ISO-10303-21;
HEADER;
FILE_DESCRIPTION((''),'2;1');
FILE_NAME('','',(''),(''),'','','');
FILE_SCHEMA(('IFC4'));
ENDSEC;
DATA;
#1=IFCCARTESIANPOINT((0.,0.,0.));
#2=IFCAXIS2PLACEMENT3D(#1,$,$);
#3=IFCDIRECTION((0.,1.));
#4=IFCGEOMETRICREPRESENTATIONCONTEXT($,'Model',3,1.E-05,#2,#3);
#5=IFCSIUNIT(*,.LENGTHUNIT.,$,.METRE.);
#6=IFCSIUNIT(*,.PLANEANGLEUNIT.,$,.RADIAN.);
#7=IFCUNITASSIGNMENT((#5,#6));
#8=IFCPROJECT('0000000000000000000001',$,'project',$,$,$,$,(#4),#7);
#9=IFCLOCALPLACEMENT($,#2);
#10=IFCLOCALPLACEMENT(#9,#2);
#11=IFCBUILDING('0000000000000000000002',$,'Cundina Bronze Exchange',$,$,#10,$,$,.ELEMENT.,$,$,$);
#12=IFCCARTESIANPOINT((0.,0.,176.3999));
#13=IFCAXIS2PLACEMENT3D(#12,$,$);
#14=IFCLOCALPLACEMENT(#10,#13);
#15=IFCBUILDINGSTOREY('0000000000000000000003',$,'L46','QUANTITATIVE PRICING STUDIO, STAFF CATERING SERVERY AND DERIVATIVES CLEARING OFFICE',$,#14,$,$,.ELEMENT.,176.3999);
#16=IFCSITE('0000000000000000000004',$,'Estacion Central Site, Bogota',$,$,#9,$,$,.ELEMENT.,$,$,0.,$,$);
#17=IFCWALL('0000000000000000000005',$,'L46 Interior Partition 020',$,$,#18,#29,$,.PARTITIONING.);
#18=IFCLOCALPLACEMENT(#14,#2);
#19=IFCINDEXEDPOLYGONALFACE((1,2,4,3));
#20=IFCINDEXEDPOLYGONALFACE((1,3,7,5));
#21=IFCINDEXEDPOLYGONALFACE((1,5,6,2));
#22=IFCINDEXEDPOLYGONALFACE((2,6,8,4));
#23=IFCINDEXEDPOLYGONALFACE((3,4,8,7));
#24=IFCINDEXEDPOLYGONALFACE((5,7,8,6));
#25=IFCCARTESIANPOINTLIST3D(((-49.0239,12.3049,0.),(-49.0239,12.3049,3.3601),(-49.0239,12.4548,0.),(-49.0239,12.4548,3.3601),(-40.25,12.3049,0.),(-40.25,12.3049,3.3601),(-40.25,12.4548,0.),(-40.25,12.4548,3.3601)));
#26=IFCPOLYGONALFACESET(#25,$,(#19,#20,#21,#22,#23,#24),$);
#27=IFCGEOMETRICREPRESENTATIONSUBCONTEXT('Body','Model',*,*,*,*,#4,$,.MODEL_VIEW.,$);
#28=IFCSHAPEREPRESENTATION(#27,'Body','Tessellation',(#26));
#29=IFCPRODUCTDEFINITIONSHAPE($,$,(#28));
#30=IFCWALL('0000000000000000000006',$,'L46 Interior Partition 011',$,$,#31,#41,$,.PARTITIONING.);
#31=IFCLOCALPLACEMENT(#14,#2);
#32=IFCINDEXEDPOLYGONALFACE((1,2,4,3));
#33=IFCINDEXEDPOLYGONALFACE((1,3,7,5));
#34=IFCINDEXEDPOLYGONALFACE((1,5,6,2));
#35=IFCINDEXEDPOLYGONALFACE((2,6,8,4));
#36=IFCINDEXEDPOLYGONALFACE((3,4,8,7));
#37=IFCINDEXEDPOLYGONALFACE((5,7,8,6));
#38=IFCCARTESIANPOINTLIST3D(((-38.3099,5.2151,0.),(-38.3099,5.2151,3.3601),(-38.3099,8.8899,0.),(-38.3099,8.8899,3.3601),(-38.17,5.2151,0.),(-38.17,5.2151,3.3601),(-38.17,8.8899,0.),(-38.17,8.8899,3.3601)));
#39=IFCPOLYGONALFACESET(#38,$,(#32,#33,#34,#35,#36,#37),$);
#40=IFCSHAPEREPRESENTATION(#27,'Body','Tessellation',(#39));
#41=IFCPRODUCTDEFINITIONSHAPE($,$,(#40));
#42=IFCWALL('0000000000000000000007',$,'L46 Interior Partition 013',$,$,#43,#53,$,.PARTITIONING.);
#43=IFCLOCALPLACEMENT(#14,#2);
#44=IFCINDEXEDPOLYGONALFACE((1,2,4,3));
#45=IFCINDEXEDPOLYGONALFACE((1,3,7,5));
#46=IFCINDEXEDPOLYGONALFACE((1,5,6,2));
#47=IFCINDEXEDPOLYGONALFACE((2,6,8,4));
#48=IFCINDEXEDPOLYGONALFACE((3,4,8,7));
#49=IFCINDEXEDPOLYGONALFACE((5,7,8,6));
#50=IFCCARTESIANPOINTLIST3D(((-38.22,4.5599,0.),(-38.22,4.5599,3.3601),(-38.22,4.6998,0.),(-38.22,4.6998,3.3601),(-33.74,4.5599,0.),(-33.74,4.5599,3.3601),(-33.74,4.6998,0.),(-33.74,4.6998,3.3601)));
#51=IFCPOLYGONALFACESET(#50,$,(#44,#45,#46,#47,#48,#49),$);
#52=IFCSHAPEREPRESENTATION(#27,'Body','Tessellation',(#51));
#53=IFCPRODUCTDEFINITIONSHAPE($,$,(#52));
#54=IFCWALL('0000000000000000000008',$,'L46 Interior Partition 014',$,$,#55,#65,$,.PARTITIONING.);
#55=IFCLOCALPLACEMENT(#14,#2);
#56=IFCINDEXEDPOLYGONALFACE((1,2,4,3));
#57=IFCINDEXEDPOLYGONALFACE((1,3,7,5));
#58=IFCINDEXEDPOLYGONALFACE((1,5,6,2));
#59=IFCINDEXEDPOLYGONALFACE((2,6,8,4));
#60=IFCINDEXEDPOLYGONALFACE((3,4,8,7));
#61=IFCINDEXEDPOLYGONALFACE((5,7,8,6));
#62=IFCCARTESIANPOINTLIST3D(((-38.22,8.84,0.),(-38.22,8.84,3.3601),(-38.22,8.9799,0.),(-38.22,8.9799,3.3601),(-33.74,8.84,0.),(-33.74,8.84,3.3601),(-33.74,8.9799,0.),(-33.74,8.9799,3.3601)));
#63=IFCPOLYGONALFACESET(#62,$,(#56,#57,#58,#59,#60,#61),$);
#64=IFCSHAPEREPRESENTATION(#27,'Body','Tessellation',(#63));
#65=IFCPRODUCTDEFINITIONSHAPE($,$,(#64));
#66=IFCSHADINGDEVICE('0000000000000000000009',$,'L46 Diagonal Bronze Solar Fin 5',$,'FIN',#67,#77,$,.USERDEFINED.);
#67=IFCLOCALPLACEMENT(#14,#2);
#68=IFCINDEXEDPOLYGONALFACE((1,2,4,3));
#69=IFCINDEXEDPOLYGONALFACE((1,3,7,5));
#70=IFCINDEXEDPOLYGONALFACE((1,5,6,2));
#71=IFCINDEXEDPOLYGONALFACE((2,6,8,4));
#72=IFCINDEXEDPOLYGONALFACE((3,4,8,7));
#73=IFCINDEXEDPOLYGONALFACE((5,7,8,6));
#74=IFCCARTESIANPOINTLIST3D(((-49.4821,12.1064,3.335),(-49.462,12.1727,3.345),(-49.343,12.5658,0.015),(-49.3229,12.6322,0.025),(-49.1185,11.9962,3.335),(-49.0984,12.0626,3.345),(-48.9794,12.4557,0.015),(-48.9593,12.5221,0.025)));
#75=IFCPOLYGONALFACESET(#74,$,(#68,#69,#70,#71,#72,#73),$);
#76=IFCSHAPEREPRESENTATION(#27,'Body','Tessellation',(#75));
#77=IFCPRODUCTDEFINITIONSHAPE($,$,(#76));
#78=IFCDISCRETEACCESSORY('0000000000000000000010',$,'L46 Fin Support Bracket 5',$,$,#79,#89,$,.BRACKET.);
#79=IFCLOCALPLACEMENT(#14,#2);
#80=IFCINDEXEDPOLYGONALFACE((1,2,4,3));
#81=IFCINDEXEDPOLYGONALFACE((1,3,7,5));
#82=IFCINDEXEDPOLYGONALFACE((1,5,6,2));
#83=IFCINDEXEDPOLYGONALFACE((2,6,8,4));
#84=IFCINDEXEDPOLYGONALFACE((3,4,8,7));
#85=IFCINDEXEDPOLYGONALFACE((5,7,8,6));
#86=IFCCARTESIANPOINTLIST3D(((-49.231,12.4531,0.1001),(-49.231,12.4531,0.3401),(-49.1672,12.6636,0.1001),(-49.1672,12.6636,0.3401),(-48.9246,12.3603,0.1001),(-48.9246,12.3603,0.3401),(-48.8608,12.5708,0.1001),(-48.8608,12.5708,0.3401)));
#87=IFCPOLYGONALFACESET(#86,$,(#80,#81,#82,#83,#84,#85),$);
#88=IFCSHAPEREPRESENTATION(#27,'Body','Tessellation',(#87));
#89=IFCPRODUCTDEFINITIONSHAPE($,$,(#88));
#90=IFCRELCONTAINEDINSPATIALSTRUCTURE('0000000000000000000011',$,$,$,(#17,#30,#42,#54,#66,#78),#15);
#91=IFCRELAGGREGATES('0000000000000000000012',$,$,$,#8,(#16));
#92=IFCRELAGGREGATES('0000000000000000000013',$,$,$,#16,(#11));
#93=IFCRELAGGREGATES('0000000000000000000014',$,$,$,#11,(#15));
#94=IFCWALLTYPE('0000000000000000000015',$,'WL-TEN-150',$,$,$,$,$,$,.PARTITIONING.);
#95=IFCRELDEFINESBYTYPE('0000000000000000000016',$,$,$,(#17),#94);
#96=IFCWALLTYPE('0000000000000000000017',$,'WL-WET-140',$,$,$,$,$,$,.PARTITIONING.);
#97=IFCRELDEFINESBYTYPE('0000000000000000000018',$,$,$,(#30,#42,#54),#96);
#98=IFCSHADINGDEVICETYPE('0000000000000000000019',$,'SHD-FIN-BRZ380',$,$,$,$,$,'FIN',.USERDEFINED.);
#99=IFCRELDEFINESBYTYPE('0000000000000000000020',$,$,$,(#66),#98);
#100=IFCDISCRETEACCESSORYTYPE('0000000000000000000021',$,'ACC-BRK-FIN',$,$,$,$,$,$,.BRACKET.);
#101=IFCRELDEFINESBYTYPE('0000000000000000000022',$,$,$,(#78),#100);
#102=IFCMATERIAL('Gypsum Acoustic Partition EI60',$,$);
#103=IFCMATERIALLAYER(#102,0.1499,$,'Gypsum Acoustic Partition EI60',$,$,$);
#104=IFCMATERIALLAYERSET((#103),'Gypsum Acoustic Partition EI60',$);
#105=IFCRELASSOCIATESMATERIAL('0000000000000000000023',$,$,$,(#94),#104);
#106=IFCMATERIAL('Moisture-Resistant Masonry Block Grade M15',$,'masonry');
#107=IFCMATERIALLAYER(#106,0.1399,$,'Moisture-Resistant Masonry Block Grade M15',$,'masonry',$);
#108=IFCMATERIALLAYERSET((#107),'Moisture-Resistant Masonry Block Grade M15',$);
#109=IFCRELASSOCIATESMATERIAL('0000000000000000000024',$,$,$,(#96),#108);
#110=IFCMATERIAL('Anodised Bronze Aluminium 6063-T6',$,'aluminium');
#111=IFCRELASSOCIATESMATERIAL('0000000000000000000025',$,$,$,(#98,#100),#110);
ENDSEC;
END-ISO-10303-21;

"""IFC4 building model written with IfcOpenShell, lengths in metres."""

from ifc_helpers import new_model, si_unit, direction, frame, frame_2d, origin, origin_2d, place, context, subcontext, project, spatial, rectangle, extrude, material, layer, layer_set, material_profile, profile_set, type_object, element, save


model = new_model("IFC4")

# Units and contexts
model_context = context("Model", 3, precision=1e-05, world=origin(), true_north=direction((0.0, 1.0)))
body_context = subcontext(model_context, "Body", "Model", "MODEL_VIEW")
ifc_project = project(units=[si_unit("LENGTHUNIT", "METRE"), si_unit("PLANEANGLEUNIT", "RADIAN")], contexts=[model_context])

# Site, building, storey
site_placement = place(None, origin())
site = spatial("IfcSite", under=ifc_project, at=site_placement, Name="Estacion Central Site, Bogota", CompositionType="ELEMENT", RefElevation=0.0)
building_placement = place(site_placement, origin())
building = spatial("IfcBuilding", under=site, at=building_placement, Name="Cundina Bronze Exchange", CompositionType="ELEMENT")
storey_placement = place(building_placement, frame((0.0, 0.0, 176.3999)))
storey = spatial("IfcBuildingStorey", under=building, at=storey_placement, Name="L46", Description="QUANTITATIVE PRICING STUDIO, STAFF CATERING SERVERY AND DERIVATIVES CLEARING OFFICE", CompositionType="ELEMENT", Elevation=176.3999)

# Shared definitions
ifc_material_1 = material(Name="Anodised Bronze Aluminium 6063-T6", Category="aluminium")

# Shared definitions
ifc_material_2 = material(Name="Gypsum Acoustic Partition EI60")

# Walls
ifc_layer_1 = layer(ifc_material_2, 0.1499, Name="Gypsum Acoustic Partition EI60")
ifc_layer_set_1 = layer_set([ifc_layer_1], Name="Gypsum Acoustic Partition EI60")
wall_type_1 = type_object("IfcWallType", Name="WL-TEN-150", PredefinedType="PARTITIONING", material=ifc_layer_set_1)
wall_1_placement = place(storey_placement, frame((-49.0239, 12.3799, 0.0), z_axis=(0.0, 0.0, 1.0), x_axis=(1.0, 0.0, 0.0)))
element("IfcWall", 1, at=wall_1_placement, inside=storey, type_object=wall_type_1, Name="L46 Interior Partition 020", PredefinedType="PARTITIONING", context=body_context, shape_type="SweptSolid", body=[
    extrude(rectangle(XDim=8.7739, YDim=0.1499, at=frame_2d((4.387, 0.0))), origin(), (0.0, 0.0, 1.0), 3.3601),
])
ifc_material_3 = material(Name="Moisture-Resistant Masonry Block Grade M15", Category="masonry")
ifc_layer_2 = layer(ifc_material_3, 0.1399, Name="Moisture-Resistant Masonry Block Grade M15", Category="masonry")
ifc_layer_set_2 = layer_set([ifc_layer_2], Name="Moisture-Resistant Masonry Block Grade M15")
wall_type_2 = type_object("IfcWallType", Name="WL-WET-140", PredefinedType="PARTITIONING", material=ifc_layer_set_2)
wall_2_placement = place(storey_placement, frame((-38.24, 5.2151, 0.0), z_axis=(0.0, 0.0, 1.0), x_axis=(0.0, 1.0, 0.0)))
element("IfcWall", 2, at=wall_2_placement, inside=storey, type_object=wall_type_2, Name="L46 Interior Partition 011", PredefinedType="PARTITIONING", context=body_context, shape_type="SweptSolid", body=[
    extrude(rectangle(XDim=3.6748, YDim=0.1399, at=frame_2d((1.8374, 0.0))), origin(), (0.0, 0.0, 1.0), 3.3601),
])
for number, where, z_axis, x_axis, name in (
    (3, (-38.22, 4.6299, 0.0), (0.0, 0.0, 1.0), (1.0, 0.0, 0.0), "L46 Interior Partition 013"),
    (4, (-38.22, 8.9099, 0.0), (0.0, 0.0, 1.0), (1.0, 0.0, 0.0), "L46 Interior Partition 014"),
):
    element("IfcWall", number, at=place(storey_placement, frame(where, z_axis=z_axis, x_axis=x_axis)), inside=storey, type_object=wall_type_2, Name=name, PredefinedType="PARTITIONING", context=body_context, shape_type="SweptSolid", body=[
        extrude(rectangle(XDim=4.48, YDim=0.1399, at=frame_2d((2.24, 0.0))), origin(), (0.0, 0.0, 1.0), 3.3601),
    ])

# Shading device
ifc_material_profile_1 = material_profile(ifc_material_1, rectangle(XDim=0.0701, YDim=0.3799, at=origin_2d()), Name="FIN70X380", Category="aluminium")
ifc_profile_set_1 = profile_set([ifc_material_profile_1], Name="Anodised Bronze Aluminium 6063-T6")
shading_device_type = type_object("IfcShadingDeviceType", Name="SHD-FIN-BRZ380", ElementType="FIN", PredefinedType="USERDEFINED", material=ifc_profile_set_1)
shading_device_placement = place(storey_placement, frame((-49.1511, 12.5439, 0.02), z_axis=(-0.041483, -0.136968, 0.989706), x_axis=(0.286883, 0.947216, 0.143112)))
element("IfcShadingDevice", 5, at=shading_device_placement, inside=storey, type_object=shading_device_type, Name="L46 Diagonal Bronze Solar Fin 5", ObjectType="FIN", PredefinedType="USERDEFINED", context=body_context, shape_type="SweptSolid", body=[
    extrude(rectangle(XDim=0.0701, YDim=0.3799, at=origin_2d()), origin(), (0.0, 0.0, 1.0), 3.3545),
])

# Discrete accessory
discrete_accessory_type = type_object("IfcDiscreteAccessoryType", Name="ACC-BRK-FIN", PredefinedType="BRACKET", material=ifc_material_1)
discrete_accessory_placement = place(storey_placement, frame((-49.0459, 12.512, 0.1001), z_axis=(0.0, 0.0, 1.0), x_axis=(-0.290051, -0.957011, 0.0)))
element("IfcDiscreteAccessory", 6, at=discrete_accessory_placement, inside=storey, type_object=discrete_accessory_type, Name="L46 Fin Support Bracket 5", PredefinedType="BRACKET", context=body_context, shape_type="SweptSolid", body=[
    extrude(rectangle(XDim=0.22, YDim=0.3201, at=origin_2d()), origin(), (0.0, 0.0, 1.0), 0.24),
])

save(model, "model.ifc")
